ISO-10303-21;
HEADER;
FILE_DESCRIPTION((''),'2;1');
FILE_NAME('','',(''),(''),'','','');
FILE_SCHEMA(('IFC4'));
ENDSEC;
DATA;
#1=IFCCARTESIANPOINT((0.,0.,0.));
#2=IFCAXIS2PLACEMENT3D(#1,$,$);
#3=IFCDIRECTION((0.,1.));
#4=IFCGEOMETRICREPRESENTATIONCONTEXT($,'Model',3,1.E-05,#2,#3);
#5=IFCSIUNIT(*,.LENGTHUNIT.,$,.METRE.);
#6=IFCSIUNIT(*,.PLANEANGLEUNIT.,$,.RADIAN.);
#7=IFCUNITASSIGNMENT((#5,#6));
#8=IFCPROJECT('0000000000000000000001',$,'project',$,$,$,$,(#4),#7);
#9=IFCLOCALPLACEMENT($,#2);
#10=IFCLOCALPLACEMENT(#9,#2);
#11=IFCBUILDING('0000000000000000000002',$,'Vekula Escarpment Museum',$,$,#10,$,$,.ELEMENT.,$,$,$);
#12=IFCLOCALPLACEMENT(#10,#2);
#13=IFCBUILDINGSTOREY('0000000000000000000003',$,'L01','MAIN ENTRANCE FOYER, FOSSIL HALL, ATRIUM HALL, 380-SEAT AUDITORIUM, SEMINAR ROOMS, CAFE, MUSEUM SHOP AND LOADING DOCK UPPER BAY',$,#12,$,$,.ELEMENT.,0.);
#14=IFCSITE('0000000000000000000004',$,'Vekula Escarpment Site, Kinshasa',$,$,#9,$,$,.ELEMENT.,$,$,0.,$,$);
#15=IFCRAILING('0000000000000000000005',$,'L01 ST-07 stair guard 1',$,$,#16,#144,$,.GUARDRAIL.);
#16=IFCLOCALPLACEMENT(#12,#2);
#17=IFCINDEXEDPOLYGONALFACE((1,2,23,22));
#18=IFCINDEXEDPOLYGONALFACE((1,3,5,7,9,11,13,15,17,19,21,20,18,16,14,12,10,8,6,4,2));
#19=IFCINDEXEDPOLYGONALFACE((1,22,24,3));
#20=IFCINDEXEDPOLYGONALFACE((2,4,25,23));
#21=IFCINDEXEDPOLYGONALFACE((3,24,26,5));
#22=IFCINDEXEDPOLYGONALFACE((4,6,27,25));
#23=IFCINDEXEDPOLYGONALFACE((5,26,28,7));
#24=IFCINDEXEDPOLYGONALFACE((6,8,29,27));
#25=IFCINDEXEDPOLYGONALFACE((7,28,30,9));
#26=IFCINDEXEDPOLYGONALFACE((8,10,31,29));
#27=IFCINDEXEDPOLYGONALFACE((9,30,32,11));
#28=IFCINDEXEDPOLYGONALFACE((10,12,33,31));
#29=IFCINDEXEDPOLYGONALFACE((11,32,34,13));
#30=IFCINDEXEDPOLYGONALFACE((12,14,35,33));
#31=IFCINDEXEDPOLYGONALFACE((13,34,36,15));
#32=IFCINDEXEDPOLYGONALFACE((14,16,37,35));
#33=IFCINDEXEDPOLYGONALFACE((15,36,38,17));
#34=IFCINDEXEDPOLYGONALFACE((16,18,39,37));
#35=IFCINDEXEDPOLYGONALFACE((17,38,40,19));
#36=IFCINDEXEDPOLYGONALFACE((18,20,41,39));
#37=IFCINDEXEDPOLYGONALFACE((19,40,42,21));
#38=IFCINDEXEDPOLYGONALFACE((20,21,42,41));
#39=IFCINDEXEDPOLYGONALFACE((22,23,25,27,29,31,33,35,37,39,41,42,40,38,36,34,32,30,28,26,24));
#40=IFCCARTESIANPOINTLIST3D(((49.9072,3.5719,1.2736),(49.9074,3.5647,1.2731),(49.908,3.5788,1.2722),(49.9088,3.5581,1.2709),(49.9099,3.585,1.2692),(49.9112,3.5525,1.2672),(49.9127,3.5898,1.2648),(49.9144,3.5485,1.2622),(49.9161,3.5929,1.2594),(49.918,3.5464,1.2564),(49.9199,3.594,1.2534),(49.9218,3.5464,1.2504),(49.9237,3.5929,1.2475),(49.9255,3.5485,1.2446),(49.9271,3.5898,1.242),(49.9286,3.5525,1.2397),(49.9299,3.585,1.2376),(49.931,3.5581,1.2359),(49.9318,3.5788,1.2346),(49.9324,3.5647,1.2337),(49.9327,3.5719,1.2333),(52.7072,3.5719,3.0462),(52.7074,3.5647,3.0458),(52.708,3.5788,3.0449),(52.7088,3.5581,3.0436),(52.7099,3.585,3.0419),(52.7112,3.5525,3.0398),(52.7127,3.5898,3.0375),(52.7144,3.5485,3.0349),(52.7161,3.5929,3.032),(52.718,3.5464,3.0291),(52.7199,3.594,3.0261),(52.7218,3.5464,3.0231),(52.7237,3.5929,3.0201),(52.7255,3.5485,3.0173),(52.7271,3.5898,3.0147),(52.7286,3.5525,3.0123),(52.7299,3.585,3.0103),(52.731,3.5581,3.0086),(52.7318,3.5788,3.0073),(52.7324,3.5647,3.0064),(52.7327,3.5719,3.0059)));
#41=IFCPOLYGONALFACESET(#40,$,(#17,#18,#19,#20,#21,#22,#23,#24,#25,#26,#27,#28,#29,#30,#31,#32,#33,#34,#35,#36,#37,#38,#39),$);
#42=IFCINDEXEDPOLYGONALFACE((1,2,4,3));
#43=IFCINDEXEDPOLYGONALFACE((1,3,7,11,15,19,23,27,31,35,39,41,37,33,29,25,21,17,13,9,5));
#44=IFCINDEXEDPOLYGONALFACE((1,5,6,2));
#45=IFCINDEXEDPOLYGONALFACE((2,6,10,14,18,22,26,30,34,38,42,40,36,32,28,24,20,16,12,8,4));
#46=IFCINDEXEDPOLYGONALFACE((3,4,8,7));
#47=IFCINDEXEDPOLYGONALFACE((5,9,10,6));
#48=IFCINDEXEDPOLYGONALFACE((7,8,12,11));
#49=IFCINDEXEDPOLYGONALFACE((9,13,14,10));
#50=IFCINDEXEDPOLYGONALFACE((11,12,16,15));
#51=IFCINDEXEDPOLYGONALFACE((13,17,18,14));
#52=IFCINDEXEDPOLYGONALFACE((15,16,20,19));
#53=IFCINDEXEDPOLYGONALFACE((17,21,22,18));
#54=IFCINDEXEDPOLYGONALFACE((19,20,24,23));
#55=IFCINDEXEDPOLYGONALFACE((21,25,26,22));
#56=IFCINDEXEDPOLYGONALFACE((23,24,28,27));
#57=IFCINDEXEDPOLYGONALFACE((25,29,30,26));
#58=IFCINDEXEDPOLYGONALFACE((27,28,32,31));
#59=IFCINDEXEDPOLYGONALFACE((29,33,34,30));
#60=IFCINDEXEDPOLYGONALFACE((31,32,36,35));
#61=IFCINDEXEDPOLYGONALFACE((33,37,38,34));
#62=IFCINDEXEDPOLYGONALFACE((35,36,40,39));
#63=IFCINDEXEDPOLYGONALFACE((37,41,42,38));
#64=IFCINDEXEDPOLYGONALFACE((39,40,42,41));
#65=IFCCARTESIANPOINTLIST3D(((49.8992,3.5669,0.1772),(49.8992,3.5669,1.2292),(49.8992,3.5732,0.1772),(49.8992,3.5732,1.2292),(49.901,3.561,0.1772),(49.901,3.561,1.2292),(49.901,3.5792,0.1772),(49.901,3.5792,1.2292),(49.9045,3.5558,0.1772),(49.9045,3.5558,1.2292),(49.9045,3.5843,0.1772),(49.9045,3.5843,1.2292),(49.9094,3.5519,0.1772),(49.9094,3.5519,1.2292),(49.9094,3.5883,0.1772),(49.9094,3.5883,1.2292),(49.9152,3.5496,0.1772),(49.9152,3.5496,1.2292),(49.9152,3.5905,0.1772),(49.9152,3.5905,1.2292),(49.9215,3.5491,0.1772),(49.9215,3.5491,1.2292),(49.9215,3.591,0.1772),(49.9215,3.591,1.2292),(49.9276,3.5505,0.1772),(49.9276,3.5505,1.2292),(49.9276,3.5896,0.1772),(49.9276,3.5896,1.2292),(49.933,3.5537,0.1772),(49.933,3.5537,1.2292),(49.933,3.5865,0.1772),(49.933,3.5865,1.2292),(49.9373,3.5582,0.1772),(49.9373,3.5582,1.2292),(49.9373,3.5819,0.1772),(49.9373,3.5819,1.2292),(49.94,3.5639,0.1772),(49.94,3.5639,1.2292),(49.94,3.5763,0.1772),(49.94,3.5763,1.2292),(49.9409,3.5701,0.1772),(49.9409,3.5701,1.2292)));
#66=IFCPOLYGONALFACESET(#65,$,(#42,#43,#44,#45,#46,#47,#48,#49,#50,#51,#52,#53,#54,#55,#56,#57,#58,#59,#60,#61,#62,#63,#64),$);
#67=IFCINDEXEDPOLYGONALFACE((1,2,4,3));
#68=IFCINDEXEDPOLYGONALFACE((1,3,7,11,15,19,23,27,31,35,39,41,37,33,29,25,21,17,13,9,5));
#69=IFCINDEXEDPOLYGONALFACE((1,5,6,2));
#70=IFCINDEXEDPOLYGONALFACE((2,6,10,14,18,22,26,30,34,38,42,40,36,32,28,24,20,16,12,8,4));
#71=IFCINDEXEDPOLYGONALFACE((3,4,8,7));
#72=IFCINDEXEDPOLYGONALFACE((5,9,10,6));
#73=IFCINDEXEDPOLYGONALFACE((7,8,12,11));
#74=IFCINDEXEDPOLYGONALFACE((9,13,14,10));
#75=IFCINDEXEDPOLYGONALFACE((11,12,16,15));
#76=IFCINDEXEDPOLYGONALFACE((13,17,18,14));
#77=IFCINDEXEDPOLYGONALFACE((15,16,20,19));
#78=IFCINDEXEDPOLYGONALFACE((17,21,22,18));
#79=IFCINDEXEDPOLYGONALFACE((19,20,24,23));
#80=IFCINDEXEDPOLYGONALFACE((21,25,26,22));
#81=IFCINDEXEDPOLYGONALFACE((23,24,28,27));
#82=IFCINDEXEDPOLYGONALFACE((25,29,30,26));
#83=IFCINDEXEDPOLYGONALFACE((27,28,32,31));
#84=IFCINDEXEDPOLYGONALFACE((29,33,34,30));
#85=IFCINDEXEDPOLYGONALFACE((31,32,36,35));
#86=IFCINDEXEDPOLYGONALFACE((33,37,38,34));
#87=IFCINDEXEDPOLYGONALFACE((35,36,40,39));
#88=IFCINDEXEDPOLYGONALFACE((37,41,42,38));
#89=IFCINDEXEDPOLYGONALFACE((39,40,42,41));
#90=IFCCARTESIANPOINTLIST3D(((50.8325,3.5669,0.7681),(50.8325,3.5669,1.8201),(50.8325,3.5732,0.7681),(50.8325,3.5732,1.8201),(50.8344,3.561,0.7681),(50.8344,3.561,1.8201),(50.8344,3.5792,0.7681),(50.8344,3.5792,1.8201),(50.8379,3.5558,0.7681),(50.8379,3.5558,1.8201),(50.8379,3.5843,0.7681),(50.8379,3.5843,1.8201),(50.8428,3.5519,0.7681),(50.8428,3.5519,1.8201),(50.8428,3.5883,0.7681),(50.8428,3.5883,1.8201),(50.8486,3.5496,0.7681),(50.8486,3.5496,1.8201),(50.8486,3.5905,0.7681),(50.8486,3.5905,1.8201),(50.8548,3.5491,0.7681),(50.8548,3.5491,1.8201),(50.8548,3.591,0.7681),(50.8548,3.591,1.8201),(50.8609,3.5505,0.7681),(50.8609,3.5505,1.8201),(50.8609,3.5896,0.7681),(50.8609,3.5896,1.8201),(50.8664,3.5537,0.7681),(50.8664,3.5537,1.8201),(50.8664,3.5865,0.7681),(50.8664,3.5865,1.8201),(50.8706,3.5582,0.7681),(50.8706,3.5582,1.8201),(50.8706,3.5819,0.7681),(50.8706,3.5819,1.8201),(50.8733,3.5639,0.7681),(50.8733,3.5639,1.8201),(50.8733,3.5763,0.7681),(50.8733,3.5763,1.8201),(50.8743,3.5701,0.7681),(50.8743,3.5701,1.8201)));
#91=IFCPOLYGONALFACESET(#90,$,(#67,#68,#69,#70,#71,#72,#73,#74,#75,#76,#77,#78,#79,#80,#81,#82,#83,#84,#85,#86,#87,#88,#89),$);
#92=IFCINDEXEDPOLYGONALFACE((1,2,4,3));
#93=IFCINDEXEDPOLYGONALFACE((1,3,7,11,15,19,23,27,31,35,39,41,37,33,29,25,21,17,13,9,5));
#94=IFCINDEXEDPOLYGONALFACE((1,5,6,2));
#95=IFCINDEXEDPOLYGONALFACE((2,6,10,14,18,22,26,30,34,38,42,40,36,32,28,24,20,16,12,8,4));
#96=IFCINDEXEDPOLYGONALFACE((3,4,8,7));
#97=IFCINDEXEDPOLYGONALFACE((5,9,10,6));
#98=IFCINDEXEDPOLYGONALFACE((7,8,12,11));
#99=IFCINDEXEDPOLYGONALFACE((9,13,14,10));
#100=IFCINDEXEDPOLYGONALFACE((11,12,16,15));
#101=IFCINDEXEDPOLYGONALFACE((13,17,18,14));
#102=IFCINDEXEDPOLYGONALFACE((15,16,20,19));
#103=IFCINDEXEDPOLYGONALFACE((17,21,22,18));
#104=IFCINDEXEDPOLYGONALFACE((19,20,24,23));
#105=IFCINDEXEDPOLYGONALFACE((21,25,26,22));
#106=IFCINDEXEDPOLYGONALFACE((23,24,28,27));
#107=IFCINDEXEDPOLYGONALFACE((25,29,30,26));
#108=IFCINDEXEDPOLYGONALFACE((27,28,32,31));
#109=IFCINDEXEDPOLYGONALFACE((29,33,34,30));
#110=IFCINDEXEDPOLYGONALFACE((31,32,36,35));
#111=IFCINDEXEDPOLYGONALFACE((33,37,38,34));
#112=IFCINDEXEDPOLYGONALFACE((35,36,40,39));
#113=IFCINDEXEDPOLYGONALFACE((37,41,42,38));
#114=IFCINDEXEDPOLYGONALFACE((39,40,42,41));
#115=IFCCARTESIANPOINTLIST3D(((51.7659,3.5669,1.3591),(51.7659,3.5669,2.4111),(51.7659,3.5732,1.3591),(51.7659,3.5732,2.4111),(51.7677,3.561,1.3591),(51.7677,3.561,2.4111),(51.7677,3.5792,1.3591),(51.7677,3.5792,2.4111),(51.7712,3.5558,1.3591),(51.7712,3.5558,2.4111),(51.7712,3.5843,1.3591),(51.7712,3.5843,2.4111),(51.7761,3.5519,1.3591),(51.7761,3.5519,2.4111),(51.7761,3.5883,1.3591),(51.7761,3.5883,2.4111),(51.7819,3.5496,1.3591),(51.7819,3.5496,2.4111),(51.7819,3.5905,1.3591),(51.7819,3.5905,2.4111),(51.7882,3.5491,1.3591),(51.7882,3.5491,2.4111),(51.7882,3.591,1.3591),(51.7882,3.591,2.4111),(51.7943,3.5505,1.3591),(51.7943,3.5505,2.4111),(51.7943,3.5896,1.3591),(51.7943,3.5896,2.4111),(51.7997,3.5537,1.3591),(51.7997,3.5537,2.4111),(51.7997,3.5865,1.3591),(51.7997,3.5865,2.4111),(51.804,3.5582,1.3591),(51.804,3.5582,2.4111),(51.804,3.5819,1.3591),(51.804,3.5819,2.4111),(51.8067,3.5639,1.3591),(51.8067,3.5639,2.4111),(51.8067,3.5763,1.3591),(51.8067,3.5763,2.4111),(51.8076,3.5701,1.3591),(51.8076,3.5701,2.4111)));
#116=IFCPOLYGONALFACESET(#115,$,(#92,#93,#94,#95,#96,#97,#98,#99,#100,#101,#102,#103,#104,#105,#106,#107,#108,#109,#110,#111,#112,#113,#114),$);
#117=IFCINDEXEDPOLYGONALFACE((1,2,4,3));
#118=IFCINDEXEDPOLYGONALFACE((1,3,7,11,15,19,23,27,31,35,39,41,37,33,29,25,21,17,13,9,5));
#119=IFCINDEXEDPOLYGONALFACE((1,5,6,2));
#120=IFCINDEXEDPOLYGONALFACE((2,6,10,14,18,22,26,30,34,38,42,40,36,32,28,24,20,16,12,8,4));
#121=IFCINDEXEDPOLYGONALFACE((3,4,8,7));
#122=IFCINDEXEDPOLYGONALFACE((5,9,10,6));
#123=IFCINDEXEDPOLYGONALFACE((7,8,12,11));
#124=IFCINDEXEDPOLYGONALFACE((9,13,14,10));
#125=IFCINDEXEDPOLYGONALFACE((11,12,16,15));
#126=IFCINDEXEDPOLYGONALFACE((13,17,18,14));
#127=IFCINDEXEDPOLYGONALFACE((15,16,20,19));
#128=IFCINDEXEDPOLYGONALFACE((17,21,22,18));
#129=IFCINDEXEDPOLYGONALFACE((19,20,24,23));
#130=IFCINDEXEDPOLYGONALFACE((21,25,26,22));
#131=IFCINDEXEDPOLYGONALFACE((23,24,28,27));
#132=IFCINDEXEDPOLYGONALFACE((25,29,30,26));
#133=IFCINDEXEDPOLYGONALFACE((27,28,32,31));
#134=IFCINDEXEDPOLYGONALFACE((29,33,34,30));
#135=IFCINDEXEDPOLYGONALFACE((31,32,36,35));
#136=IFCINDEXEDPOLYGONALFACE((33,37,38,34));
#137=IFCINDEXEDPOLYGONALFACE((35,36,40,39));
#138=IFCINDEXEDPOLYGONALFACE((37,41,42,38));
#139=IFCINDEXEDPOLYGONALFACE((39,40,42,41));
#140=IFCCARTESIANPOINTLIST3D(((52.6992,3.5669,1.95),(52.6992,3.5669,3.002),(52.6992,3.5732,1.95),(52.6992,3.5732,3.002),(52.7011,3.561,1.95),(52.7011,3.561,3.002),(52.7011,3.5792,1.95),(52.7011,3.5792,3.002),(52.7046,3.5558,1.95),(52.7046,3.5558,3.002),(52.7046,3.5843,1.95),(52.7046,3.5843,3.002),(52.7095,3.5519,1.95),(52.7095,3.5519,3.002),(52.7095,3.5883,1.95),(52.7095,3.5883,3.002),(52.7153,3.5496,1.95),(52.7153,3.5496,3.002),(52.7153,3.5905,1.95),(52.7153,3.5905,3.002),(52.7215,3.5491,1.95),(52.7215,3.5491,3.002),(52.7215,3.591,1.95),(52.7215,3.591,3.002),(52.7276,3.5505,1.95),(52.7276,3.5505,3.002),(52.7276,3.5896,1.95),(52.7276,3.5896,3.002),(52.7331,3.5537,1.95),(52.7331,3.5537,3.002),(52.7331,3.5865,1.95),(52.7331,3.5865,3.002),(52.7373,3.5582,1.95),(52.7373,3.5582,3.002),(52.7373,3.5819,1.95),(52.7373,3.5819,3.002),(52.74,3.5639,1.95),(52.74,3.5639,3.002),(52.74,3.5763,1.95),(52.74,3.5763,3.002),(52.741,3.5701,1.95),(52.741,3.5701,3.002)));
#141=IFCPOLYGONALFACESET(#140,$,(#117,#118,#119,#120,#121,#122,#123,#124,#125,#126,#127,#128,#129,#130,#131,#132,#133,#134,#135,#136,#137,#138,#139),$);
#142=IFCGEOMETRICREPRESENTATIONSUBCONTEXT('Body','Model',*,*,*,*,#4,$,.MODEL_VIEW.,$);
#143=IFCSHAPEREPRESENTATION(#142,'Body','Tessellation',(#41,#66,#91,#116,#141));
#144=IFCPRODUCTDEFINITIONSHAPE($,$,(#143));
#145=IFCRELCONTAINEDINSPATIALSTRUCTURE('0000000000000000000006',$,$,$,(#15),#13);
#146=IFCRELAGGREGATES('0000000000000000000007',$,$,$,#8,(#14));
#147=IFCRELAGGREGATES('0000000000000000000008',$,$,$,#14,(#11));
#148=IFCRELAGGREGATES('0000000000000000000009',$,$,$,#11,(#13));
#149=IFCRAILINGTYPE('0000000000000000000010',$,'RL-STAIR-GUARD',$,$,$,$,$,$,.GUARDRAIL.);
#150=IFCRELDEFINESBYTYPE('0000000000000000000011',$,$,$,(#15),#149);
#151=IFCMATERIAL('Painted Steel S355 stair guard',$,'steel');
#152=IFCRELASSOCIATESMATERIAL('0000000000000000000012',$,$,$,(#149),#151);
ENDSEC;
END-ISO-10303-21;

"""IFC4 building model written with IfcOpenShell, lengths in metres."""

from ifc_helpers import new_model, si_unit, direction, frame, origin, origin_2d, place, context, subcontext, project, spatial, circle, extrude, material, type_object, element, save


model = new_model("IFC4")

# Units and contexts
model_context = context("Model", 3, precision=1e-05, world=origin(), true_north=direction((0.0, 1.0)))
body_context = subcontext(model_context, "Body", "Model", "MODEL_VIEW")
ifc_project = project(units=[si_unit("LENGTHUNIT", "METRE"), si_unit("PLANEANGLEUNIT", "RADIAN")], contexts=[model_context])

# Site, building, storey
site_placement = place(None, origin())
site = spatial("IfcSite", under=ifc_project, at=site_placement, Name="Vekula Escarpment Site, Kinshasa", CompositionType="ELEMENT", RefElevation=0.0)
building_placement = place(site_placement, origin())
building = spatial("IfcBuilding", under=site, at=building_placement, Name="Vekula Escarpment Museum", CompositionType="ELEMENT")
storey_placement = place(building_placement, origin())
storey = spatial("IfcBuildingStorey", under=building, at=storey_placement, Name="L01", Description="MAIN ENTRANCE FOYER, FOSSIL HALL, ATRIUM HALL, 380-SEAT AUDITORIUM, SEMINAR ROOMS, CAFE, MUSEUM SHOP AND LOADING DOCK UPPER BAY", CompositionType="ELEMENT", Elevation=0.0)

# Railing
ifc_material_1 = material(Name="Painted Steel S355 stair guard", Category="steel")
railing_type_1 = type_object("IfcRailingType", Name="RL-STAIR-GUARD", PredefinedType="GUARDRAIL", material=ifc_material_1)
railing_1_placement = place(storey_placement, frame((49.9199, 3.5701, 0.1772)))
element("IfcRailing", 1, at=railing_1_placement, inside=storey, type_object=railing_type_1, Name="L01 ST-07 stair guard 1", PredefinedType="GUARDRAIL", context=body_context, shape_type="SweptSolid", body=[
    extrude(circle(Radius=0.0239, at=origin_2d()), frame((0.0, 0.0, 1.0762), z_axis=(0.844909, 0.0, 0.53491), x_axis=(0.0, 1.0, 0.0)), (0.0, 0.0, 1.0), 3.314),
    extrude(circle(Radius=0.021, at=origin_2d()), origin(), (0.0, 0.0, 1.0), 1.052),
    extrude(circle(Radius=0.021, at=origin_2d()), frame((0.9333, 0.0, 0.5908)), (0.0, 0.0, 1.0), 1.052),
    extrude(circle(Radius=0.021, at=origin_2d()), frame((1.8667, 0.0, 1.1819)), (0.0, 0.0, 1.0), 1.052),
    extrude(circle(Radius=0.021, at=origin_2d()), frame((2.8, 0.0, 1.7727)), (0.0, 0.0, 1.0), 1.052),
])

save(model, "model.ifc")
